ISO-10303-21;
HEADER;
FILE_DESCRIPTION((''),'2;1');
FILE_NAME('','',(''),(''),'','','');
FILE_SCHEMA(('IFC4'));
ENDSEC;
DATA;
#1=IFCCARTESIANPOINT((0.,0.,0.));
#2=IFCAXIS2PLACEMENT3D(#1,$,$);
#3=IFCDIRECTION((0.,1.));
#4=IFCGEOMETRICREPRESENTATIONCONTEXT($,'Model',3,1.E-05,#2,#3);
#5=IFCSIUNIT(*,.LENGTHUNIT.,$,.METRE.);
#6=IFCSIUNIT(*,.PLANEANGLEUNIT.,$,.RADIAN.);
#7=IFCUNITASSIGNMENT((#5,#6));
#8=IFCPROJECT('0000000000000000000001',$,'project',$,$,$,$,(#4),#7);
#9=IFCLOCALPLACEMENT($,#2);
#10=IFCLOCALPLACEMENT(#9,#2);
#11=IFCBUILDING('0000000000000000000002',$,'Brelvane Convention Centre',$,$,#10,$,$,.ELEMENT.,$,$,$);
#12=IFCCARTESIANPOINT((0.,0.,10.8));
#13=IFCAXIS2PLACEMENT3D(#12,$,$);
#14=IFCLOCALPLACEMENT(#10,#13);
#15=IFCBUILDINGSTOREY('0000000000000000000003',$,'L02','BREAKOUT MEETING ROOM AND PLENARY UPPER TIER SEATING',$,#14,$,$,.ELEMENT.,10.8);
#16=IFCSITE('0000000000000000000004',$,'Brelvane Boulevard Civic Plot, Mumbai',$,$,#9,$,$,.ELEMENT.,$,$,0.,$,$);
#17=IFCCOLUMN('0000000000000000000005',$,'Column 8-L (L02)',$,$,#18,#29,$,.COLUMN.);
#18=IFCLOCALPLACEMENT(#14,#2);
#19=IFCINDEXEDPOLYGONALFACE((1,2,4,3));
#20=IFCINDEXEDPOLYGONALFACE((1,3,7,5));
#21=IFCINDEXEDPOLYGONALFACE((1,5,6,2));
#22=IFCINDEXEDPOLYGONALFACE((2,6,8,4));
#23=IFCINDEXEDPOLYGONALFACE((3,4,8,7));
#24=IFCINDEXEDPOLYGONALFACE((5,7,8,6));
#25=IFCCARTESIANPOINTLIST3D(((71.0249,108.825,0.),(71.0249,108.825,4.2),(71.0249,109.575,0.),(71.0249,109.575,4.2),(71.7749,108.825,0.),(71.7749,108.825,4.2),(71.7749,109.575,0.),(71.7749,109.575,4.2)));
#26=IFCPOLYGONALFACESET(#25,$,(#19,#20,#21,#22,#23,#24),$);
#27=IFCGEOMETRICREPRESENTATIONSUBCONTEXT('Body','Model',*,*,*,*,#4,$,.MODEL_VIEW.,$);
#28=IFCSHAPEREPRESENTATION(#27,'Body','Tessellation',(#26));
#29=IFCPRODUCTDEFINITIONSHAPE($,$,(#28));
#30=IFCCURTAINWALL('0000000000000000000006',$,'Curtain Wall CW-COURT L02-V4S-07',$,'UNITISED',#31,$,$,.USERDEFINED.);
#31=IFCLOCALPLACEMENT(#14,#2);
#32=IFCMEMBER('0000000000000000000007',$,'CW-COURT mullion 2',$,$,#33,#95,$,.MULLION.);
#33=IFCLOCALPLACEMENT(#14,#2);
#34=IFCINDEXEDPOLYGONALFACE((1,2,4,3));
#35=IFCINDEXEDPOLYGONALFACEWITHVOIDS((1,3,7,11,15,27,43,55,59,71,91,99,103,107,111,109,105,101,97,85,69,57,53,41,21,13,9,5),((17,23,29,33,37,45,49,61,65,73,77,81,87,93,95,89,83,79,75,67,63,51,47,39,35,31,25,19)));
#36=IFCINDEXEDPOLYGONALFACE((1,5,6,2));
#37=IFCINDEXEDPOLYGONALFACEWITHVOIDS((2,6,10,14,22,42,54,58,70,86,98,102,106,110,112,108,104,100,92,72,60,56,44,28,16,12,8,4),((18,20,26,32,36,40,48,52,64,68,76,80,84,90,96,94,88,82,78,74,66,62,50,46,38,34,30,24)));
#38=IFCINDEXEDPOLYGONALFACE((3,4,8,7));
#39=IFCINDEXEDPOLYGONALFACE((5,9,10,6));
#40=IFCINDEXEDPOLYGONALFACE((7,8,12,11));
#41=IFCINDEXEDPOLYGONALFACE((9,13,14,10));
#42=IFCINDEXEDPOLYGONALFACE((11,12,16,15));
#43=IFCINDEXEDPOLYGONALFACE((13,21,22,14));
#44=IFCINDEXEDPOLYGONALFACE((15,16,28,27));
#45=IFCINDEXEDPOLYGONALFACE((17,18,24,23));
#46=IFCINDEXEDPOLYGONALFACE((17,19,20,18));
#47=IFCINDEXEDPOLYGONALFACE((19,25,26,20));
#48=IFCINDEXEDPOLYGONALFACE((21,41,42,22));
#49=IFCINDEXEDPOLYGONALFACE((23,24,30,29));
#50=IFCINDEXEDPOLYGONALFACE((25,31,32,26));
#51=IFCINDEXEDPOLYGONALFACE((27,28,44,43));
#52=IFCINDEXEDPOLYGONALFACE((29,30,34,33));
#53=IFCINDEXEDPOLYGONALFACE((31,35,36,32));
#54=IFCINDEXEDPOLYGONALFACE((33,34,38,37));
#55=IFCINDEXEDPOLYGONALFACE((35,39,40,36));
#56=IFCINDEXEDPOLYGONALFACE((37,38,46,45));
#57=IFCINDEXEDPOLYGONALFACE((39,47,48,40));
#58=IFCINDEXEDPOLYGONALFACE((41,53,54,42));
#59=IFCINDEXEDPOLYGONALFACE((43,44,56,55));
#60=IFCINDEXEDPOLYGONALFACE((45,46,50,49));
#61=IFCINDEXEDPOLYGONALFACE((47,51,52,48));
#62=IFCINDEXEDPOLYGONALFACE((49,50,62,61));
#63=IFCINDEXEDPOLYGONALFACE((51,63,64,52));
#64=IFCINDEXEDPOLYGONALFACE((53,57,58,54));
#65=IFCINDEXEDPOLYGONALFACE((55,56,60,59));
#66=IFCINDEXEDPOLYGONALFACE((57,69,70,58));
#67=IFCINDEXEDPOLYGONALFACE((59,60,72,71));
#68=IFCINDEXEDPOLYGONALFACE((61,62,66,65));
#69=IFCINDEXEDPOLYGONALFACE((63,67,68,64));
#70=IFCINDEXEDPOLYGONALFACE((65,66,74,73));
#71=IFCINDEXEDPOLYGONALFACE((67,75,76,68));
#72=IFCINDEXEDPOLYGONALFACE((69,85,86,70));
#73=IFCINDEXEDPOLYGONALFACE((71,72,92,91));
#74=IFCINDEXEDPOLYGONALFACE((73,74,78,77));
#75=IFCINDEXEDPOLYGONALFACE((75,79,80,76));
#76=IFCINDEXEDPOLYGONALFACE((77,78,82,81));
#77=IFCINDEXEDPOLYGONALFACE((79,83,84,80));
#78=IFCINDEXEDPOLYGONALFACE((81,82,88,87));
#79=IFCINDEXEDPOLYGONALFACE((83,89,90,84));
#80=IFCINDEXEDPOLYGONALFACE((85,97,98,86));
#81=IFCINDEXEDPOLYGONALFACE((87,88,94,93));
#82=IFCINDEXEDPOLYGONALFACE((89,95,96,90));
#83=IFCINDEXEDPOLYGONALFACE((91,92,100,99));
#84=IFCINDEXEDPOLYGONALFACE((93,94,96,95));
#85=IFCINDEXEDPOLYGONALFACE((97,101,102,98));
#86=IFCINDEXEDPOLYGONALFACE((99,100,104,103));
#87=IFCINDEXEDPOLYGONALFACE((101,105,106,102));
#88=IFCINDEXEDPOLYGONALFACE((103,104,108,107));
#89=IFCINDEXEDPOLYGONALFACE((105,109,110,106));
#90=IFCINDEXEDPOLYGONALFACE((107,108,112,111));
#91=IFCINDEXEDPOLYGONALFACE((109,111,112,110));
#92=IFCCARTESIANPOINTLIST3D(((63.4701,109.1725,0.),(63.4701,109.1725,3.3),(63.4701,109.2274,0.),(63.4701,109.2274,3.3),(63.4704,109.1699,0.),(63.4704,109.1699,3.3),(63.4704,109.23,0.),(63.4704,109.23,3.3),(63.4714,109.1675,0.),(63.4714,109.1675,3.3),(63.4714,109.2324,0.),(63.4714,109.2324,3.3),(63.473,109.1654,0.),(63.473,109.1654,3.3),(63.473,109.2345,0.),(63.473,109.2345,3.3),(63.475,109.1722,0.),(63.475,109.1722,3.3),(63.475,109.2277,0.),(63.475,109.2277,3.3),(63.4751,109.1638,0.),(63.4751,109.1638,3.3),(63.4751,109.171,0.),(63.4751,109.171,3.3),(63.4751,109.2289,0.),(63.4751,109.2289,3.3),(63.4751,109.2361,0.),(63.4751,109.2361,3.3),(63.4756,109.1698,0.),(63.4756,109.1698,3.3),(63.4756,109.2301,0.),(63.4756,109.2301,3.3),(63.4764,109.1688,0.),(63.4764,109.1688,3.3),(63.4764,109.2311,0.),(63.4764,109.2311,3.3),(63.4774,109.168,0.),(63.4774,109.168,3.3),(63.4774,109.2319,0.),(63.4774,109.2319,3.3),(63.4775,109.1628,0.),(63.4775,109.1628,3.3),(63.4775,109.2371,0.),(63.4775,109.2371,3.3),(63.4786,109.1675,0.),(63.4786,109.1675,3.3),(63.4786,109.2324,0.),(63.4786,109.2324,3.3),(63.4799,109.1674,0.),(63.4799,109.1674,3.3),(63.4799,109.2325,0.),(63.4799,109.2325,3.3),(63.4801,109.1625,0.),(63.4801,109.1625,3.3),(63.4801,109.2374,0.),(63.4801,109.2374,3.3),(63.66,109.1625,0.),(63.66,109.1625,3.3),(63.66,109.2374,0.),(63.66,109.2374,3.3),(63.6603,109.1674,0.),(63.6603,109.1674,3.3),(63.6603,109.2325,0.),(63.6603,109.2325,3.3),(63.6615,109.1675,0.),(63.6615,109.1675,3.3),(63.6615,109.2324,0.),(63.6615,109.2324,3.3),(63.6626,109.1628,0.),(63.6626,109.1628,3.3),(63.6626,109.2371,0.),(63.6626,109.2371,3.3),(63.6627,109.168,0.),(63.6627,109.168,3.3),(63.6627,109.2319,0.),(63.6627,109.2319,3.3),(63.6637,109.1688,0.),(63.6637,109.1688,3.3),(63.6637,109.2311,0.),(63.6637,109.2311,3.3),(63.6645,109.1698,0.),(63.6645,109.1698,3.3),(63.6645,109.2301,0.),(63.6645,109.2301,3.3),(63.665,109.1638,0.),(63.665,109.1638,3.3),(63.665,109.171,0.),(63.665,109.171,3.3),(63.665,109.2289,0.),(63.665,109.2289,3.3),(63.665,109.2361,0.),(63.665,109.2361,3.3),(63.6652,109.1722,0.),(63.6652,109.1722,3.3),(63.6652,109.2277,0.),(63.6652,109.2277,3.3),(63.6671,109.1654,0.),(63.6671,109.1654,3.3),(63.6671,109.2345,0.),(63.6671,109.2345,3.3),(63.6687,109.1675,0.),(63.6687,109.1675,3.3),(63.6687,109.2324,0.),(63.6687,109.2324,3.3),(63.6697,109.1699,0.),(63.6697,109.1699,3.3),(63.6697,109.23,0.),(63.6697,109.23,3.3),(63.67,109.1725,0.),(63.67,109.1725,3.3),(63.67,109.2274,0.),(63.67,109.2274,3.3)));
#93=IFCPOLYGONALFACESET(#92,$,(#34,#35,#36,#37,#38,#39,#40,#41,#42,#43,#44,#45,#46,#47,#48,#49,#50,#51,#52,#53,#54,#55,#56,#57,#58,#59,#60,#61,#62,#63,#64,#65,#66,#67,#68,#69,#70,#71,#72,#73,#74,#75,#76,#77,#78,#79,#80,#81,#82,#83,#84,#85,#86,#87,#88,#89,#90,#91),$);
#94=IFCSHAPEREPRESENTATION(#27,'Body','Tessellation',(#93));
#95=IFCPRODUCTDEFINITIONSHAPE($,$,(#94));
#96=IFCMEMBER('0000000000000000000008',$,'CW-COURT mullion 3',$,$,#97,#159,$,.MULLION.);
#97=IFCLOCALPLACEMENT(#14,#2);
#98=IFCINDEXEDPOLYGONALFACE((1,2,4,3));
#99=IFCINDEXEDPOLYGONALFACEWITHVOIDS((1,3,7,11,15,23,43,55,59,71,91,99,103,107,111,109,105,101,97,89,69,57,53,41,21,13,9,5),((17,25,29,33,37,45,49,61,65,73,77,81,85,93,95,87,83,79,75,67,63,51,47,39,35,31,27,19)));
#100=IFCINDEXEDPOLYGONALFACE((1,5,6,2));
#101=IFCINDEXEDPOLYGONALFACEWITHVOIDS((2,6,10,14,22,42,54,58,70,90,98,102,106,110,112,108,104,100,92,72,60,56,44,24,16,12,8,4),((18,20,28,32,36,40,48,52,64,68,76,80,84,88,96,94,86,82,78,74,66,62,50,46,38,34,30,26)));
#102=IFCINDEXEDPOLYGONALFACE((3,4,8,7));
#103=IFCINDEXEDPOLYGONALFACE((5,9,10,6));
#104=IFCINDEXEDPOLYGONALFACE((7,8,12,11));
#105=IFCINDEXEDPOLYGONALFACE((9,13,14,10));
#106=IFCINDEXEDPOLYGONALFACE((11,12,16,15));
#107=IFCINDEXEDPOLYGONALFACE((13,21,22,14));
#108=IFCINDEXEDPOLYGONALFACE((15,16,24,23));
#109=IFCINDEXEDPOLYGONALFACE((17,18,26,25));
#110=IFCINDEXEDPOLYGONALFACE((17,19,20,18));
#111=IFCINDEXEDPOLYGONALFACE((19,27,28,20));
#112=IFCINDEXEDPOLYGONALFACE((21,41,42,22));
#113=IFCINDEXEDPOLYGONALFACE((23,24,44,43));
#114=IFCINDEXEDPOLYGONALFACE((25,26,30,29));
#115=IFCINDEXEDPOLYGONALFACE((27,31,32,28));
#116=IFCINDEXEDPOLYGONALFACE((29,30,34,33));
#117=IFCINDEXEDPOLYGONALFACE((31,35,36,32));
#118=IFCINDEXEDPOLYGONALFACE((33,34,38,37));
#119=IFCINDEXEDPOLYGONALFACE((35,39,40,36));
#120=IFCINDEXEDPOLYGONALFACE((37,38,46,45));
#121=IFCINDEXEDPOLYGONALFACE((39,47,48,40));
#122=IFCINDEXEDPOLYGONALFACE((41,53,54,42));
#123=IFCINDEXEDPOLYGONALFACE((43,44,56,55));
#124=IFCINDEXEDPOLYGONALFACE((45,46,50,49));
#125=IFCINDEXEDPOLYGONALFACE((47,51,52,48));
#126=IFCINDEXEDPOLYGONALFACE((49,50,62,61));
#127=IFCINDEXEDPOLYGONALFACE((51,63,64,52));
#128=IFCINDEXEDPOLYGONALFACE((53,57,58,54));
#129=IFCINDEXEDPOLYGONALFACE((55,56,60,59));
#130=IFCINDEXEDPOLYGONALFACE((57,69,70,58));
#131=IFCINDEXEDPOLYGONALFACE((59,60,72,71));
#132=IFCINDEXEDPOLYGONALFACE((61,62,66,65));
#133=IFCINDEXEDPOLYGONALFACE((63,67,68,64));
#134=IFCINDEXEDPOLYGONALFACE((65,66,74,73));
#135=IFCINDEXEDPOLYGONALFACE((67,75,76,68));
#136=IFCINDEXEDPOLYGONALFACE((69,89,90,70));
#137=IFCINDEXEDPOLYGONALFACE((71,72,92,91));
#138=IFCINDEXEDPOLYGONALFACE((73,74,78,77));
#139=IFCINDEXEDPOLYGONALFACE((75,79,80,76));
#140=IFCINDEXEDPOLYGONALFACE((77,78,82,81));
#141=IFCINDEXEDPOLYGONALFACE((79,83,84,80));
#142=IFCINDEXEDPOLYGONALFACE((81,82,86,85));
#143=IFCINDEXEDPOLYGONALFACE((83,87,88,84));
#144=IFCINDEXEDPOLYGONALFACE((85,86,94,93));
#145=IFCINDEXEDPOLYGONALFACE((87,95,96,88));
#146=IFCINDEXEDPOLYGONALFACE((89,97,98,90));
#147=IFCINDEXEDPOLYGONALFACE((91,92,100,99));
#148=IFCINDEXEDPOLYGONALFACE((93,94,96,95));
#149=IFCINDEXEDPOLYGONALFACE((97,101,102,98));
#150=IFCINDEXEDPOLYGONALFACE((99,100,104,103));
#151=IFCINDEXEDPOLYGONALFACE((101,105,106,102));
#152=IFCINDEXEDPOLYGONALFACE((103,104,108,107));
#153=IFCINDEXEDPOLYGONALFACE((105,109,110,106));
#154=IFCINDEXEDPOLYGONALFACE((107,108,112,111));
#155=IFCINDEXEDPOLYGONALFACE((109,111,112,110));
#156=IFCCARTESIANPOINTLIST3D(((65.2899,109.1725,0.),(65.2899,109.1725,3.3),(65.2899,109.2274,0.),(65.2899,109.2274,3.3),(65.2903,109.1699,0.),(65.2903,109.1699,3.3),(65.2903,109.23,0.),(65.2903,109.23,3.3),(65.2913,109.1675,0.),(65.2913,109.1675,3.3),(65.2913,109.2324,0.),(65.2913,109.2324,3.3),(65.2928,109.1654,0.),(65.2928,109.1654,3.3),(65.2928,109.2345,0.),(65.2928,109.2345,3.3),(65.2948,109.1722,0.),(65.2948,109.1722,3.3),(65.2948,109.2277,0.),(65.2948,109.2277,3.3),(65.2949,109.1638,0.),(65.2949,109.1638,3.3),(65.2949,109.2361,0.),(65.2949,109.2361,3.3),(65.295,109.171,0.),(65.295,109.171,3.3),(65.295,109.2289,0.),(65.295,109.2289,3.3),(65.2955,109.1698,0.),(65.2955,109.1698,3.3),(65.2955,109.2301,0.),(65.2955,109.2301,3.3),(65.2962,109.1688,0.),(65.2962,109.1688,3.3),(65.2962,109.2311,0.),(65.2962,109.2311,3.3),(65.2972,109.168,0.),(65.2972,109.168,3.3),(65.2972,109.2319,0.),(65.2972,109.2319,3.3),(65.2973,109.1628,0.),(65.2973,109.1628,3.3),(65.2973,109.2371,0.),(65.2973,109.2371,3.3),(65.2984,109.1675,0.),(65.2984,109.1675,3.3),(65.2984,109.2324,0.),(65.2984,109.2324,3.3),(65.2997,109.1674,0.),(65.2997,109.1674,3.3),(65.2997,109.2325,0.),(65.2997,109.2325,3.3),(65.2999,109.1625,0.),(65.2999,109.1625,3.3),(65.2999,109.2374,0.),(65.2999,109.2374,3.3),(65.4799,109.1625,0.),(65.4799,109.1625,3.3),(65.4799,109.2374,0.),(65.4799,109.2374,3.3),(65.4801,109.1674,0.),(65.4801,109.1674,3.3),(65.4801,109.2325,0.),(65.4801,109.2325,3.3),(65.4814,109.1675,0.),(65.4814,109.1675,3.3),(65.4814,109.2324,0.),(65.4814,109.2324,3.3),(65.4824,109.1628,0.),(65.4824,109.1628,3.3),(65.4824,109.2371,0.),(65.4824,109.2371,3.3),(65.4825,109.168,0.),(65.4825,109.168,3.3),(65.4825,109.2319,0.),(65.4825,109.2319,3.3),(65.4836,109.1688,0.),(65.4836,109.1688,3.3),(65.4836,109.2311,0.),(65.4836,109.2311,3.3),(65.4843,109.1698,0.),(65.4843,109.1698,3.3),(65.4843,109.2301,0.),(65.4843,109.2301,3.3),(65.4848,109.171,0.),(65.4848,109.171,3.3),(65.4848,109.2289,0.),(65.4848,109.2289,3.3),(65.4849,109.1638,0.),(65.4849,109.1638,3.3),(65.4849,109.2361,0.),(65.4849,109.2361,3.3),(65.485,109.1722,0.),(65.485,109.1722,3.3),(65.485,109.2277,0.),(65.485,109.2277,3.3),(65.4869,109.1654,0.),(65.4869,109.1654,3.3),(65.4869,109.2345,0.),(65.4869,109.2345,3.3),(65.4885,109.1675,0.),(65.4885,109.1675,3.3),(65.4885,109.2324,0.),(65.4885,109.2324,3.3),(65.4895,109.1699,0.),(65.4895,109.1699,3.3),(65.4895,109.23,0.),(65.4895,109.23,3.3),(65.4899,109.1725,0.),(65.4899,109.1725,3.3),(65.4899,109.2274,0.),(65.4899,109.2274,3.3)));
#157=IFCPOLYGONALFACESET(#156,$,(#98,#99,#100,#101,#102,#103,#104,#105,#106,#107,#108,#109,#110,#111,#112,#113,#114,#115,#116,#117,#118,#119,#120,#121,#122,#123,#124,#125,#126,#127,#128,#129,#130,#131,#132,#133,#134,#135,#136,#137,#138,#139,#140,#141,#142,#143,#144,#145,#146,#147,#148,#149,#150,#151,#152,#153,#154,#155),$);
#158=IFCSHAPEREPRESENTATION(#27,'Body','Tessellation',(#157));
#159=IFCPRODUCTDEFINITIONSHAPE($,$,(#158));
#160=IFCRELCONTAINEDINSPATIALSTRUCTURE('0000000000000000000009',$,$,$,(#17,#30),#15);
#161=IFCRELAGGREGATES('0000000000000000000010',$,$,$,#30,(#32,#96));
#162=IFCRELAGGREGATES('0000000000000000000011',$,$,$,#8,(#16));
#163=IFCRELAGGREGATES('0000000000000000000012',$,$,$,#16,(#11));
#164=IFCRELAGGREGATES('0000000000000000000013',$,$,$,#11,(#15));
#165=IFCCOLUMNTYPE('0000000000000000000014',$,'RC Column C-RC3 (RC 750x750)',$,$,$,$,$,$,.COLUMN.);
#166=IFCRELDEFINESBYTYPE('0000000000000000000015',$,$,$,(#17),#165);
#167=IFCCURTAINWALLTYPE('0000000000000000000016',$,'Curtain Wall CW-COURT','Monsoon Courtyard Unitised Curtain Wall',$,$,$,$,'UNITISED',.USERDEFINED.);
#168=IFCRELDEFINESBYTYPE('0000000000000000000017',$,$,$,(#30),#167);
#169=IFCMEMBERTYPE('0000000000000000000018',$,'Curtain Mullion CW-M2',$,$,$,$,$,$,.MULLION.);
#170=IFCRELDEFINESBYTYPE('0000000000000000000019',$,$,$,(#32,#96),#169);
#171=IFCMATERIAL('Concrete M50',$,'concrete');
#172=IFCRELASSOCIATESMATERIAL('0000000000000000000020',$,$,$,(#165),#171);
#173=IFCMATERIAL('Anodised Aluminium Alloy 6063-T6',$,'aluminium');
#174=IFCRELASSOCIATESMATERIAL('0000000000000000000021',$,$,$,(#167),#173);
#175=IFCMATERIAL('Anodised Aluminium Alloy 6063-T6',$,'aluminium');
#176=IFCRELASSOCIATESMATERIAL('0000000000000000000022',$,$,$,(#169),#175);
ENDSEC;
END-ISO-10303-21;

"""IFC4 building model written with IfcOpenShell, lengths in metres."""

from ifc_helpers import new_model, si_unit, direction, frame, origin, origin_2d, place, context, subcontext, project, spatial, rectangle, hollow_rectangle, extrude, material, material_profile, profile_set, type_object, element, aggregate, save


model = new_model("IFC4")

# Units and contexts
model_context = context("Model", 3, precision=1e-05, world=origin(), true_north=direction((0.0, 1.0)))
body_context = subcontext(model_context, "Body", "Model", "MODEL_VIEW")
ifc_project = project(units=[si_unit("LENGTHUNIT", "METRE"), si_unit("PLANEANGLEUNIT", "RADIAN")], contexts=[model_context])

# Site, building, storey
site_placement = place(None, origin())
site = spatial("IfcSite", under=ifc_project, at=site_placement, Name="Brelvane Boulevard Civic Plot, Mumbai", CompositionType="ELEMENT", RefElevation=0.0)
building_placement = place(site_placement, origin())
building = spatial("IfcBuilding", under=site, at=building_placement, Name="Brelvane Convention Centre", CompositionType="ELEMENT")
storey_placement = place(building_placement, frame((0.0, 0.0, 10.8)))
storey = spatial("IfcBuildingStorey", under=building, at=storey_placement, Name="L02", Description="BREAKOUT MEETING ROOM AND PLENARY UPPER TIER SEATING", CompositionType="ELEMENT", Elevation=10.8)

# Column
ifc_material_1 = material(Name="Concrete M50", Category="concrete")
ifc_material_profile_1 = material_profile(ifc_material_1, rectangle(XDim=0.75, YDim=0.75, at=origin_2d()), Name="RC 750x750")
ifc_profile_set_1 = profile_set([ifc_material_profile_1], Name="Concrete M50")
column_type = type_object("IfcColumnType", Name="RC Column C-RC3 (RC 750x750)", PredefinedType="COLUMN", material=ifc_profile_set_1)
column_placement = place(storey_placement, frame((71.3999, 109.2, 0.0), z_axis=(0.0, 0.0, 1.0), x_axis=(1.0, 0.0, 0.0)))
element("IfcColumn", 1, at=column_placement, inside=storey, type_object=column_type, Name="Column 8-L (L02)", PredefinedType="COLUMN", context=body_context, shape_type="SweptSolid", body=[
    extrude(rectangle(XDim=0.75, YDim=0.75, at=origin_2d()), origin(), (0.0, 0.0, 1.0), 4.2),
])

# Curtain wall, members
ifc_material_2 = material(Name="Anodised Aluminium Alloy 6063-T6", Category="aluminium")
curtain_wall_type = type_object("IfcCurtainWallType", Name="Curtain Wall CW-COURT", Description="Monsoon Courtyard Unitised Curtain Wall", ElementType="UNITISED", PredefinedType="USERDEFINED", material=ifc_material_2)
curtain_wall_placement = place(storey_placement, origin())
curtain_wall = element("IfcCurtainWall", 2, at=curtain_wall_placement, inside=storey, type_object=curtain_wall_type, Name="Curtain Wall CW-COURT L02-V4S-07", ObjectType="UNITISED", PredefinedType="USERDEFINED")
ifc_material_3 = material(Name="Anodised Aluminium Alloy 6063-T6", Category="aluminium")
ifc_material_profile_2 = material_profile(ifc_material_3, hollow_rectangle(XDim=0.075, YDim=0.2, WallThickness=0.0049, InnerFilletRadius=0.0049, OuterFilletRadius=0.01, at=origin_2d()), Name="ALU-M 200x75x5.0")
ifc_profile_set_2 = profile_set([ifc_material_profile_2], Name="Anodised Aluminium Alloy 6063-T6")
member_type_1 = type_object("IfcMemberType", Name="Curtain Mullion CW-M2", PredefinedType="MULLION", material=ifc_profile_set_2)
member_1_placement = place(storey_placement, frame((63.5701, 109.2, 0.0), z_axis=(0.0, 0.0, 1.0), x_axis=(0.0, 1.0, 0.0)))
member_1 = element("IfcMember", 3, at=member_1_placement, type_object=member_type_1, Name="CW-COURT mullion 2", PredefinedType="MULLION", context=body_context, shape_type="SweptSolid", body=[
    extrude(hollow_rectangle(XDim=0.075, YDim=0.2, WallThickness=0.0049, InnerFilletRadius=0.0049, OuterFilletRadius=0.01, at=origin_2d()), origin(), (0.0, 0.0, 1.0), 3.3),
])
member_2_placement = place(storey_placement, frame((65.3899, 109.2, 0.0), z_axis=(0.0, 0.0, 1.0), x_axis=(0.0, 1.0, 0.0)))
member_2 = element("IfcMember", 4, at=member_2_placement, type_object=member_type_1, Name="CW-COURT mullion 3", PredefinedType="MULLION", context=body_context, shape_type="SweptSolid", body=[
    extrude(hollow_rectangle(XDim=0.075, YDim=0.2, WallThickness=0.0049, InnerFilletRadius=0.0049, OuterFilletRadius=0.01, at=origin_2d()), origin(), (0.0, 0.0, 1.0), 3.3),
])

aggregate(curtain_wall, [member_1, member_2])

save(model, "model.ifc")
